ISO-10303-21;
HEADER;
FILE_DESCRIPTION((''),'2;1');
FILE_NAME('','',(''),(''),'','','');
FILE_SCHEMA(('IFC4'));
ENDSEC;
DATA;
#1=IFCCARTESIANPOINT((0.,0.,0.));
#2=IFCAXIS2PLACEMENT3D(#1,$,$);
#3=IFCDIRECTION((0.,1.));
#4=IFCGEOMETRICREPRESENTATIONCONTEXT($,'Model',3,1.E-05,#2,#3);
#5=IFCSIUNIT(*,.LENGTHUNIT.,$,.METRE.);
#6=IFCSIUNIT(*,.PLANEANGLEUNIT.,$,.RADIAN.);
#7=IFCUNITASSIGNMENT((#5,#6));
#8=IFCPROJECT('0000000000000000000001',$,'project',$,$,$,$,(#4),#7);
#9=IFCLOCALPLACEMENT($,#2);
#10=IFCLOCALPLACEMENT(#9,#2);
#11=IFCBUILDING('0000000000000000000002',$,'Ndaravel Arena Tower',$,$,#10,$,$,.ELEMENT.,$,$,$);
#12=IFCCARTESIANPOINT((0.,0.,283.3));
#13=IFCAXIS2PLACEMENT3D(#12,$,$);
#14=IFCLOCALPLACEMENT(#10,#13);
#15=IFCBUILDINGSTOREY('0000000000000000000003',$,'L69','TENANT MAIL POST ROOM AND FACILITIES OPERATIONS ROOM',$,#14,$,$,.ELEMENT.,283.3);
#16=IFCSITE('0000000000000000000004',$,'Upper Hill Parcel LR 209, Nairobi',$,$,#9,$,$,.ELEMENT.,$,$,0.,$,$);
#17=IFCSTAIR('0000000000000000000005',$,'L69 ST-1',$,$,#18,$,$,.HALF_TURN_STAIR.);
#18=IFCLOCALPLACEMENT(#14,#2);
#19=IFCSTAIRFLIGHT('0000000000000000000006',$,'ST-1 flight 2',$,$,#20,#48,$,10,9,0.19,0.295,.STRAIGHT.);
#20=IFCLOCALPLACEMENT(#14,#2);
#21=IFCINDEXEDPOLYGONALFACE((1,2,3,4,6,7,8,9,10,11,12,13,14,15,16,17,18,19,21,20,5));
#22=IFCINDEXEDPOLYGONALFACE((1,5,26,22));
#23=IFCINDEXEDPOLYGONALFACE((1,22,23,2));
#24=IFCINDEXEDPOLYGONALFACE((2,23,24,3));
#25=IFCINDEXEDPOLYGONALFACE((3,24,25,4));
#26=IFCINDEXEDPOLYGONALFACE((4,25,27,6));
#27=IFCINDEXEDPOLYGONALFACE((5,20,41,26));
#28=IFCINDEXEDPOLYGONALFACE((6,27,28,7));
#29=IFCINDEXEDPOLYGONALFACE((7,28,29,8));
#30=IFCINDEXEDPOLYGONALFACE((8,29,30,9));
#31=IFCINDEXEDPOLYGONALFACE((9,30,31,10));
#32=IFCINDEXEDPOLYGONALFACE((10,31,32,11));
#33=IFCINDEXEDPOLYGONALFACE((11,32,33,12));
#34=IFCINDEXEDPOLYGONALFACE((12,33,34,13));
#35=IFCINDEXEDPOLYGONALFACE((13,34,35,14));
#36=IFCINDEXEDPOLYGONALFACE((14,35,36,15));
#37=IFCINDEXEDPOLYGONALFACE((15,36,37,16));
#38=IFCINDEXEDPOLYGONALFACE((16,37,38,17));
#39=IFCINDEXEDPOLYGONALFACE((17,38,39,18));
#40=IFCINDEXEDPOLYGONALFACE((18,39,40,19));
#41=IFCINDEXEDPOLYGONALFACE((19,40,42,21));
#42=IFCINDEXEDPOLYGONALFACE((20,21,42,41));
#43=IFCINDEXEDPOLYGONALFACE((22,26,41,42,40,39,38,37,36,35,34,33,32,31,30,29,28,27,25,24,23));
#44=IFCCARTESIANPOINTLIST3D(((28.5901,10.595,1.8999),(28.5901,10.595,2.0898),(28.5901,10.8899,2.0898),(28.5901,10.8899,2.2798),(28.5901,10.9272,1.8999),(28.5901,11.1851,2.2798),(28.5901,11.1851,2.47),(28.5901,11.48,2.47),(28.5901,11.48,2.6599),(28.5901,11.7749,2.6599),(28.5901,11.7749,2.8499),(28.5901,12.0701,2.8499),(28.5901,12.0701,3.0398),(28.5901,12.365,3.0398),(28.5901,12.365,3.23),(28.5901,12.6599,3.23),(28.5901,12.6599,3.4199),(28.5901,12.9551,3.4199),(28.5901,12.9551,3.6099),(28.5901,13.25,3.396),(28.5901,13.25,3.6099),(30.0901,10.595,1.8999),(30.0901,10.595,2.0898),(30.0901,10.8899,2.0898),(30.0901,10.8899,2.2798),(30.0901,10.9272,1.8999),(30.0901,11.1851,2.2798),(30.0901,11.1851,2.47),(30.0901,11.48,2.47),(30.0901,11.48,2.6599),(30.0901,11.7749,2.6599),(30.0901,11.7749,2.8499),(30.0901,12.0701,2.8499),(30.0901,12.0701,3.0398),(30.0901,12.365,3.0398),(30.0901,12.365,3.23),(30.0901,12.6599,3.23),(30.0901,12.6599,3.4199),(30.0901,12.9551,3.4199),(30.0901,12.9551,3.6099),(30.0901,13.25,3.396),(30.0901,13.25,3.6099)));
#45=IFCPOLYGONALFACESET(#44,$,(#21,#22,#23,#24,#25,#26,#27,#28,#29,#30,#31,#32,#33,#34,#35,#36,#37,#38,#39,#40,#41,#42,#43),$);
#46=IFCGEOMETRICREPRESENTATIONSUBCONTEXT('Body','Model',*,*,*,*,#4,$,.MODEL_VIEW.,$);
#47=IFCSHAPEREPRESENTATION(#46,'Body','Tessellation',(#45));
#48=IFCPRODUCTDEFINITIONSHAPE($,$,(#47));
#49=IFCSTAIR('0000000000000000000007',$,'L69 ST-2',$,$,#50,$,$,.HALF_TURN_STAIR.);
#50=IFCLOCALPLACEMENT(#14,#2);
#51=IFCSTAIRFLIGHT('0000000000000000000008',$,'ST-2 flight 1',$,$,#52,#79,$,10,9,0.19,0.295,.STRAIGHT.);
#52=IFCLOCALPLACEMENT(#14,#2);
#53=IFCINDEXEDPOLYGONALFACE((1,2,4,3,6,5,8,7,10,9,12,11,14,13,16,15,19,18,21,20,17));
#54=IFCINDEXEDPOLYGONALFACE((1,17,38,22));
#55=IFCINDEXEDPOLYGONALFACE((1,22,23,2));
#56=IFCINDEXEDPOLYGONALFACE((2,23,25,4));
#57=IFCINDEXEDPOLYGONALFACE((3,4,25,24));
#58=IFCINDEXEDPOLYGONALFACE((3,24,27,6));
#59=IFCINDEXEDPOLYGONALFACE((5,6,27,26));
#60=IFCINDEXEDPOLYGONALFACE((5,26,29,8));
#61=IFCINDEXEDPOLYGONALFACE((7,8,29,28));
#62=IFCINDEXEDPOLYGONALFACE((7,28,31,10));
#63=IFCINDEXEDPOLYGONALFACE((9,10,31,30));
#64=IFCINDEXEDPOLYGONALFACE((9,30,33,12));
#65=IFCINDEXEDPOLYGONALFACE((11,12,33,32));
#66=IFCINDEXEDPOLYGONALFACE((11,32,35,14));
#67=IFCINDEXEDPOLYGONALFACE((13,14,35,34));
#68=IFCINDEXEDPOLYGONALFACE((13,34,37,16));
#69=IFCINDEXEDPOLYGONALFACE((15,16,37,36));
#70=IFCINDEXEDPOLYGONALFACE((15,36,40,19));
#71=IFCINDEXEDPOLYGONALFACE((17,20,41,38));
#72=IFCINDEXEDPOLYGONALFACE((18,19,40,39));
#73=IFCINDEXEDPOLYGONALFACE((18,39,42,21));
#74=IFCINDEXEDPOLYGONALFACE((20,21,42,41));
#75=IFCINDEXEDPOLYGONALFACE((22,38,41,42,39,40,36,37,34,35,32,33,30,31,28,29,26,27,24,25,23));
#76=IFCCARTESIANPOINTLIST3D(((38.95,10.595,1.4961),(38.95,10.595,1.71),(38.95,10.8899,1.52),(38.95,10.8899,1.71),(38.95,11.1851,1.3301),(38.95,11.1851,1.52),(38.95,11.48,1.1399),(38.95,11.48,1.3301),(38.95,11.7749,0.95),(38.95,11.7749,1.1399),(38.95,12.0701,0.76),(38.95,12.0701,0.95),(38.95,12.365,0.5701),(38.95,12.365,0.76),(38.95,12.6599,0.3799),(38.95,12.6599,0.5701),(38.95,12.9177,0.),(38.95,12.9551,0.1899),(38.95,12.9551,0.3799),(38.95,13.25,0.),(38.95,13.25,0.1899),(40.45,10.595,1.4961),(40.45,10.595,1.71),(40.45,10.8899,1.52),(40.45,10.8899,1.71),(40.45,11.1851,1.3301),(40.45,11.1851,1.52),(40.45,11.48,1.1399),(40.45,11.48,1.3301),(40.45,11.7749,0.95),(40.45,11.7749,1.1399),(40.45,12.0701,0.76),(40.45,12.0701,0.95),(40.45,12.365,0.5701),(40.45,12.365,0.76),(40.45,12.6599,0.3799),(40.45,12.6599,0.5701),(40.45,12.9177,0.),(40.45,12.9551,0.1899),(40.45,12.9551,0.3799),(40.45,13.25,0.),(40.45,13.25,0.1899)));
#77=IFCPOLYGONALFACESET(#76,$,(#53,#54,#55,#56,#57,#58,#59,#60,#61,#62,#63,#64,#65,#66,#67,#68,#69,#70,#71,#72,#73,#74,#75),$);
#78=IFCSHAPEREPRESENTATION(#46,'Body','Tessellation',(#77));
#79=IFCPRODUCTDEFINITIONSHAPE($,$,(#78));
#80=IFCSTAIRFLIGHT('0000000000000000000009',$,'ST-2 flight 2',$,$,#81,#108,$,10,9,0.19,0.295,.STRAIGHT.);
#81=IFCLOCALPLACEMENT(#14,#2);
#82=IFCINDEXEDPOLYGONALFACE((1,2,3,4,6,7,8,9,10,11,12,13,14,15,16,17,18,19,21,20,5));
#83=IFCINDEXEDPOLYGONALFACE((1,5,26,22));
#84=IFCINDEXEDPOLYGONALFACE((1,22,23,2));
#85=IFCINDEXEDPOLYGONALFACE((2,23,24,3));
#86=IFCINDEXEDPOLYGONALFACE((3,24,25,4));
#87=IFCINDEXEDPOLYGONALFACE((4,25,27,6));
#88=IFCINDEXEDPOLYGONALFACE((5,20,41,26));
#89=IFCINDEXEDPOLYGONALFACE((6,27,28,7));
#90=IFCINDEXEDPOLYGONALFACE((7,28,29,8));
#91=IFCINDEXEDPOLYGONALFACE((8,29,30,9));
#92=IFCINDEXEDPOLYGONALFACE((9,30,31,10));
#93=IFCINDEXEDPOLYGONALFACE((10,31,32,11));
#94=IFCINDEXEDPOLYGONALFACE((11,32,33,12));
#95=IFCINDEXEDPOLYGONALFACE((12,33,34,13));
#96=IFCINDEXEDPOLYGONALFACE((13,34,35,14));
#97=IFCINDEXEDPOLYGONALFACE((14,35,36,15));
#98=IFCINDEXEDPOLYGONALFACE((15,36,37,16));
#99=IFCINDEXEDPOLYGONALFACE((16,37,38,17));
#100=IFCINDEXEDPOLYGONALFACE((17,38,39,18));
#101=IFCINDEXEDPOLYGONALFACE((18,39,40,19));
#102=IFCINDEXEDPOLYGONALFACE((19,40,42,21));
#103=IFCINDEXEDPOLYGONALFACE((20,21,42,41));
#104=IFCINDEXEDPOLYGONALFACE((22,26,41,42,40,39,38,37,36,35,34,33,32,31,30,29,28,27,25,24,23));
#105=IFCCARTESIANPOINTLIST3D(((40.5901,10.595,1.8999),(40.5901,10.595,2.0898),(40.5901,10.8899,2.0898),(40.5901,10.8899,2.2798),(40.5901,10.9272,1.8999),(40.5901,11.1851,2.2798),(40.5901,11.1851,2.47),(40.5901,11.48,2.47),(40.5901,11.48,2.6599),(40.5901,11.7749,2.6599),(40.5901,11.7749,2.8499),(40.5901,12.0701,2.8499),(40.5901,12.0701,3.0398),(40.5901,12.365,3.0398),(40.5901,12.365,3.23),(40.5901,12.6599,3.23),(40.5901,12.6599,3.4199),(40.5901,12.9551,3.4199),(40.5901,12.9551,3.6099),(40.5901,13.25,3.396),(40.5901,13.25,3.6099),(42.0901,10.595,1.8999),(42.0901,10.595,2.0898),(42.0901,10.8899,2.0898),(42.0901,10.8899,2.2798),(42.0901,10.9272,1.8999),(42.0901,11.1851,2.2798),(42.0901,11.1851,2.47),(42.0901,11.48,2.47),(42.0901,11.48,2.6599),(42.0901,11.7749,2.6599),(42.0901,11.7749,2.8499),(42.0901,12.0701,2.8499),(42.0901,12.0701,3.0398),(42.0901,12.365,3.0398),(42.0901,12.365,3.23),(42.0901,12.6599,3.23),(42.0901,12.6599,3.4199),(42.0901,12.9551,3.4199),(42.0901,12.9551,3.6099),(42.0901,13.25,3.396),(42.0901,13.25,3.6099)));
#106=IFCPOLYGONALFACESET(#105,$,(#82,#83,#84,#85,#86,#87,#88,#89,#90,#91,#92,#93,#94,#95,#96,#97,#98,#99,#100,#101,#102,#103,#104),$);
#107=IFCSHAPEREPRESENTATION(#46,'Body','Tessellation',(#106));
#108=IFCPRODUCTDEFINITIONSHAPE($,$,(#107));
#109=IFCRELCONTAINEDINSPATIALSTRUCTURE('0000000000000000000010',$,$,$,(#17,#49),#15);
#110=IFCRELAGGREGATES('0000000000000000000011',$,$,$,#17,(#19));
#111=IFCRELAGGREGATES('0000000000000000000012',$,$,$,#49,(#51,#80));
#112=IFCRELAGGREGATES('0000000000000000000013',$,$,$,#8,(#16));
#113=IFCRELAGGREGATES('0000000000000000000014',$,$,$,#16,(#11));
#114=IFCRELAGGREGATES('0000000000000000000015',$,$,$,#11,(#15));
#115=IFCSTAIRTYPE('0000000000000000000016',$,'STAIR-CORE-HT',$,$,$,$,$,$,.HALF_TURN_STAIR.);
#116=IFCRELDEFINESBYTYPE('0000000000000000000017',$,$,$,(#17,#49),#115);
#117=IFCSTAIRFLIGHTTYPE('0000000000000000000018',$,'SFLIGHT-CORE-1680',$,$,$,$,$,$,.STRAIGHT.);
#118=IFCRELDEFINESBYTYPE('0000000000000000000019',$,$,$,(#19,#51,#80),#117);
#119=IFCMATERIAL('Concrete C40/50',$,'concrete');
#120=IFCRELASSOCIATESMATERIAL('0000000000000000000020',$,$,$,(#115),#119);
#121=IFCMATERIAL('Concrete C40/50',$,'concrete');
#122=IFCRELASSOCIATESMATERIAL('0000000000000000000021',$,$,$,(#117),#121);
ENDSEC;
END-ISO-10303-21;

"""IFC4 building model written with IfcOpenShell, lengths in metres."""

from ifc_helpers import new_model, si_unit, direction, frame, origin, place, context, subcontext, project, spatial, polyline, outline, extrude, material, type_object, element, aggregate, save


model = new_model("IFC4")

# Units and contexts
model_context = context("Model", 3, precision=1e-05, world=origin(), true_north=direction((0.0, 1.0)))
body_context = subcontext(model_context, "Body", "Model", "MODEL_VIEW")
ifc_project = project(units=[si_unit("LENGTHUNIT", "METRE"), si_unit("PLANEANGLEUNIT", "RADIAN")], contexts=[model_context])

# Site, building, storey
site_placement = place(None, origin())
site = spatial("IfcSite", under=ifc_project, at=site_placement, Name="Upper Hill Parcel LR 209, Nairobi", CompositionType="ELEMENT", RefElevation=0.0)
building_placement = place(site_placement, origin())
building = spatial("IfcBuilding", under=site, at=building_placement, Name="Ndaravel Arena Tower", CompositionType="ELEMENT")
storey_placement = place(building_placement, frame((0.0, 0.0, 283.3)))
storey = spatial("IfcBuildingStorey", under=building, at=storey_placement, Name="L69", Description="TENANT MAIL POST ROOM AND FACILITIES OPERATIONS ROOM", CompositionType="ELEMENT", Elevation=283.3)

# Stairs, stair flights
ifc_material_1 = material(Name="Concrete C40/50", Category="concrete")
stair_type = type_object("IfcStairType", Name="STAIR-CORE-HT", PredefinedType="HALF_TURN_STAIR", material=ifc_material_1)
stair_1_placement = place(storey_placement, origin())
stair_1 = element("IfcStair", 1, at=stair_1_placement, inside=storey, type_object=stair_type, Name="L69 ST-1", PredefinedType="HALF_TURN_STAIR")
ifc_material_2 = material(Name="Concrete C40/50", Category="concrete")
stair_flight_type = type_object("IfcStairFlightType", Name="SFLIGHT-CORE-1680", PredefinedType="STRAIGHT", material=ifc_material_2)
stair_flight_1_placement = place(storey_placement, frame((29.3401, 10.595, 1.8999), z_axis=(0.0, 0.0, 1.0), x_axis=(0.0, 1.0, 0.0)))
stair_flight_1 = element("IfcStairFlight", 2, at=stair_flight_1_placement, type_object=stair_flight_type, Name="ST-1 flight 2", NumberOfRisers=10, NumberOfTreads=9, PredefinedType="STRAIGHT", RiserHeight=0.19, TreadLength=0.295, context=body_context, shape_type="SweptSolid", body=[
    extrude(outline(polyline([(0.0, 0.0), (0.0, 0.1899), (0.2949, 0.1899), (0.2949, 0.3799), (0.5901, 0.3799), (0.5901, 0.5701), (0.885, 0.5701), (0.885, 0.76), (1.1799, 0.76), (1.1799, 0.95), (1.4751, 0.95), (1.4751, 1.1399), (1.77, 1.1399), (1.77, 1.3301), (2.0649, 1.3301), (2.0649, 1.52), (2.3601, 1.52), (2.3601, 1.71), (2.655, 1.71), (2.655, 1.8999), (2.655, 1.4961), (0.3323, 0.0), (0.0, 0.0)])), frame((0.0, 0.75, 0.0), z_axis=(0.0, -1.0, 0.0), x_axis=(1.0, 0.0, 0.0)), (0.0, 0.0, 1.0), 1.5),
])
aggregate(stair_1, [stair_flight_1])
stair_2_placement = place(storey_placement, origin())
stair_2 = element("IfcStair", 3, at=stair_2_placement, inside=storey, type_object=stair_type, Name="L69 ST-2", PredefinedType="HALF_TURN_STAIR")
stair_flight_2_placement = place(storey_placement, frame((39.7, 13.25, 0.0), z_axis=(0.0, 0.0, 1.0), x_axis=(0.0, -1.0, 0.0)))
stair_flight_2 = element("IfcStairFlight", 4, at=stair_flight_2_placement, type_object=stair_flight_type, Name="ST-2 flight 1", NumberOfRisers=10, NumberOfTreads=9, PredefinedType="STRAIGHT", RiserHeight=0.19, TreadLength=0.295, context=body_context, shape_type="SweptSolid", body=[
    extrude(outline(polyline([(0.0, 0.0), (0.0, 0.1899), (0.2949, 0.1899), (0.2949, 0.3799), (0.5901, 0.3799), (0.5901, 0.5701), (0.885, 0.5701), (0.885, 0.76), (1.1799, 0.76), (1.1799, 0.95), (1.4751, 0.95), (1.4751, 1.1399), (1.77, 1.1399), (1.77, 1.3301), (2.0649, 1.3301), (2.0649, 1.52), (2.3601, 1.52), (2.3601, 1.71), (2.655, 1.71), (2.655, 1.8999), (2.655, 1.4961), (0.3323, 0.0), (0.0, 0.0)])), frame((0.0, 0.75, 0.0), z_axis=(0.0, -1.0, 0.0), x_axis=(1.0, 0.0, 0.0)), (0.0, 0.0, 1.0), 1.5),
])
stair_flight_3_placement = place(storey_placement, frame((41.3401, 10.595, 1.8999), z_axis=(0.0, 0.0, 1.0), x_axis=(0.0, 1.0, 0.0)))
stair_flight_3 = element("IfcStairFlight", 5, at=stair_flight_3_placement, type_object=stair_flight_type, Name="ST-2 flight 2", NumberOfRisers=10, NumberOfTreads=9, PredefinedType="STRAIGHT", RiserHeight=0.19, TreadLength=0.295, context=body_context, shape_type="SweptSolid", body=[
    extrude(outline(polyline([(0.0, 0.0), (0.0, 0.1899), (0.2949, 0.1899), (0.2949, 0.3799), (0.5901, 0.3799), (0.5901, 0.5701), (0.885, 0.5701), (0.885, 0.76), (1.1799, 0.76), (1.1799, 0.95), (1.4751, 0.95), (1.4751, 1.1399), (1.77, 1.1399), (1.77, 1.3301), (2.0649, 1.3301), (2.0649, 1.52), (2.3601, 1.52), (2.3601, 1.71), (2.655, 1.71), (2.655, 1.8999), (2.655, 1.4961), (0.3323, 0.0), (0.0, 0.0)])), frame((0.0, 0.75, 0.0), z_axis=(0.0, -1.0, 0.0), x_axis=(1.0, 0.0, 0.0)), (0.0, 0.0, 1.0), 1.5),
])
aggregate(stair_2, [stair_flight_2, stair_flight_3])

save(model, "model.ifc")
